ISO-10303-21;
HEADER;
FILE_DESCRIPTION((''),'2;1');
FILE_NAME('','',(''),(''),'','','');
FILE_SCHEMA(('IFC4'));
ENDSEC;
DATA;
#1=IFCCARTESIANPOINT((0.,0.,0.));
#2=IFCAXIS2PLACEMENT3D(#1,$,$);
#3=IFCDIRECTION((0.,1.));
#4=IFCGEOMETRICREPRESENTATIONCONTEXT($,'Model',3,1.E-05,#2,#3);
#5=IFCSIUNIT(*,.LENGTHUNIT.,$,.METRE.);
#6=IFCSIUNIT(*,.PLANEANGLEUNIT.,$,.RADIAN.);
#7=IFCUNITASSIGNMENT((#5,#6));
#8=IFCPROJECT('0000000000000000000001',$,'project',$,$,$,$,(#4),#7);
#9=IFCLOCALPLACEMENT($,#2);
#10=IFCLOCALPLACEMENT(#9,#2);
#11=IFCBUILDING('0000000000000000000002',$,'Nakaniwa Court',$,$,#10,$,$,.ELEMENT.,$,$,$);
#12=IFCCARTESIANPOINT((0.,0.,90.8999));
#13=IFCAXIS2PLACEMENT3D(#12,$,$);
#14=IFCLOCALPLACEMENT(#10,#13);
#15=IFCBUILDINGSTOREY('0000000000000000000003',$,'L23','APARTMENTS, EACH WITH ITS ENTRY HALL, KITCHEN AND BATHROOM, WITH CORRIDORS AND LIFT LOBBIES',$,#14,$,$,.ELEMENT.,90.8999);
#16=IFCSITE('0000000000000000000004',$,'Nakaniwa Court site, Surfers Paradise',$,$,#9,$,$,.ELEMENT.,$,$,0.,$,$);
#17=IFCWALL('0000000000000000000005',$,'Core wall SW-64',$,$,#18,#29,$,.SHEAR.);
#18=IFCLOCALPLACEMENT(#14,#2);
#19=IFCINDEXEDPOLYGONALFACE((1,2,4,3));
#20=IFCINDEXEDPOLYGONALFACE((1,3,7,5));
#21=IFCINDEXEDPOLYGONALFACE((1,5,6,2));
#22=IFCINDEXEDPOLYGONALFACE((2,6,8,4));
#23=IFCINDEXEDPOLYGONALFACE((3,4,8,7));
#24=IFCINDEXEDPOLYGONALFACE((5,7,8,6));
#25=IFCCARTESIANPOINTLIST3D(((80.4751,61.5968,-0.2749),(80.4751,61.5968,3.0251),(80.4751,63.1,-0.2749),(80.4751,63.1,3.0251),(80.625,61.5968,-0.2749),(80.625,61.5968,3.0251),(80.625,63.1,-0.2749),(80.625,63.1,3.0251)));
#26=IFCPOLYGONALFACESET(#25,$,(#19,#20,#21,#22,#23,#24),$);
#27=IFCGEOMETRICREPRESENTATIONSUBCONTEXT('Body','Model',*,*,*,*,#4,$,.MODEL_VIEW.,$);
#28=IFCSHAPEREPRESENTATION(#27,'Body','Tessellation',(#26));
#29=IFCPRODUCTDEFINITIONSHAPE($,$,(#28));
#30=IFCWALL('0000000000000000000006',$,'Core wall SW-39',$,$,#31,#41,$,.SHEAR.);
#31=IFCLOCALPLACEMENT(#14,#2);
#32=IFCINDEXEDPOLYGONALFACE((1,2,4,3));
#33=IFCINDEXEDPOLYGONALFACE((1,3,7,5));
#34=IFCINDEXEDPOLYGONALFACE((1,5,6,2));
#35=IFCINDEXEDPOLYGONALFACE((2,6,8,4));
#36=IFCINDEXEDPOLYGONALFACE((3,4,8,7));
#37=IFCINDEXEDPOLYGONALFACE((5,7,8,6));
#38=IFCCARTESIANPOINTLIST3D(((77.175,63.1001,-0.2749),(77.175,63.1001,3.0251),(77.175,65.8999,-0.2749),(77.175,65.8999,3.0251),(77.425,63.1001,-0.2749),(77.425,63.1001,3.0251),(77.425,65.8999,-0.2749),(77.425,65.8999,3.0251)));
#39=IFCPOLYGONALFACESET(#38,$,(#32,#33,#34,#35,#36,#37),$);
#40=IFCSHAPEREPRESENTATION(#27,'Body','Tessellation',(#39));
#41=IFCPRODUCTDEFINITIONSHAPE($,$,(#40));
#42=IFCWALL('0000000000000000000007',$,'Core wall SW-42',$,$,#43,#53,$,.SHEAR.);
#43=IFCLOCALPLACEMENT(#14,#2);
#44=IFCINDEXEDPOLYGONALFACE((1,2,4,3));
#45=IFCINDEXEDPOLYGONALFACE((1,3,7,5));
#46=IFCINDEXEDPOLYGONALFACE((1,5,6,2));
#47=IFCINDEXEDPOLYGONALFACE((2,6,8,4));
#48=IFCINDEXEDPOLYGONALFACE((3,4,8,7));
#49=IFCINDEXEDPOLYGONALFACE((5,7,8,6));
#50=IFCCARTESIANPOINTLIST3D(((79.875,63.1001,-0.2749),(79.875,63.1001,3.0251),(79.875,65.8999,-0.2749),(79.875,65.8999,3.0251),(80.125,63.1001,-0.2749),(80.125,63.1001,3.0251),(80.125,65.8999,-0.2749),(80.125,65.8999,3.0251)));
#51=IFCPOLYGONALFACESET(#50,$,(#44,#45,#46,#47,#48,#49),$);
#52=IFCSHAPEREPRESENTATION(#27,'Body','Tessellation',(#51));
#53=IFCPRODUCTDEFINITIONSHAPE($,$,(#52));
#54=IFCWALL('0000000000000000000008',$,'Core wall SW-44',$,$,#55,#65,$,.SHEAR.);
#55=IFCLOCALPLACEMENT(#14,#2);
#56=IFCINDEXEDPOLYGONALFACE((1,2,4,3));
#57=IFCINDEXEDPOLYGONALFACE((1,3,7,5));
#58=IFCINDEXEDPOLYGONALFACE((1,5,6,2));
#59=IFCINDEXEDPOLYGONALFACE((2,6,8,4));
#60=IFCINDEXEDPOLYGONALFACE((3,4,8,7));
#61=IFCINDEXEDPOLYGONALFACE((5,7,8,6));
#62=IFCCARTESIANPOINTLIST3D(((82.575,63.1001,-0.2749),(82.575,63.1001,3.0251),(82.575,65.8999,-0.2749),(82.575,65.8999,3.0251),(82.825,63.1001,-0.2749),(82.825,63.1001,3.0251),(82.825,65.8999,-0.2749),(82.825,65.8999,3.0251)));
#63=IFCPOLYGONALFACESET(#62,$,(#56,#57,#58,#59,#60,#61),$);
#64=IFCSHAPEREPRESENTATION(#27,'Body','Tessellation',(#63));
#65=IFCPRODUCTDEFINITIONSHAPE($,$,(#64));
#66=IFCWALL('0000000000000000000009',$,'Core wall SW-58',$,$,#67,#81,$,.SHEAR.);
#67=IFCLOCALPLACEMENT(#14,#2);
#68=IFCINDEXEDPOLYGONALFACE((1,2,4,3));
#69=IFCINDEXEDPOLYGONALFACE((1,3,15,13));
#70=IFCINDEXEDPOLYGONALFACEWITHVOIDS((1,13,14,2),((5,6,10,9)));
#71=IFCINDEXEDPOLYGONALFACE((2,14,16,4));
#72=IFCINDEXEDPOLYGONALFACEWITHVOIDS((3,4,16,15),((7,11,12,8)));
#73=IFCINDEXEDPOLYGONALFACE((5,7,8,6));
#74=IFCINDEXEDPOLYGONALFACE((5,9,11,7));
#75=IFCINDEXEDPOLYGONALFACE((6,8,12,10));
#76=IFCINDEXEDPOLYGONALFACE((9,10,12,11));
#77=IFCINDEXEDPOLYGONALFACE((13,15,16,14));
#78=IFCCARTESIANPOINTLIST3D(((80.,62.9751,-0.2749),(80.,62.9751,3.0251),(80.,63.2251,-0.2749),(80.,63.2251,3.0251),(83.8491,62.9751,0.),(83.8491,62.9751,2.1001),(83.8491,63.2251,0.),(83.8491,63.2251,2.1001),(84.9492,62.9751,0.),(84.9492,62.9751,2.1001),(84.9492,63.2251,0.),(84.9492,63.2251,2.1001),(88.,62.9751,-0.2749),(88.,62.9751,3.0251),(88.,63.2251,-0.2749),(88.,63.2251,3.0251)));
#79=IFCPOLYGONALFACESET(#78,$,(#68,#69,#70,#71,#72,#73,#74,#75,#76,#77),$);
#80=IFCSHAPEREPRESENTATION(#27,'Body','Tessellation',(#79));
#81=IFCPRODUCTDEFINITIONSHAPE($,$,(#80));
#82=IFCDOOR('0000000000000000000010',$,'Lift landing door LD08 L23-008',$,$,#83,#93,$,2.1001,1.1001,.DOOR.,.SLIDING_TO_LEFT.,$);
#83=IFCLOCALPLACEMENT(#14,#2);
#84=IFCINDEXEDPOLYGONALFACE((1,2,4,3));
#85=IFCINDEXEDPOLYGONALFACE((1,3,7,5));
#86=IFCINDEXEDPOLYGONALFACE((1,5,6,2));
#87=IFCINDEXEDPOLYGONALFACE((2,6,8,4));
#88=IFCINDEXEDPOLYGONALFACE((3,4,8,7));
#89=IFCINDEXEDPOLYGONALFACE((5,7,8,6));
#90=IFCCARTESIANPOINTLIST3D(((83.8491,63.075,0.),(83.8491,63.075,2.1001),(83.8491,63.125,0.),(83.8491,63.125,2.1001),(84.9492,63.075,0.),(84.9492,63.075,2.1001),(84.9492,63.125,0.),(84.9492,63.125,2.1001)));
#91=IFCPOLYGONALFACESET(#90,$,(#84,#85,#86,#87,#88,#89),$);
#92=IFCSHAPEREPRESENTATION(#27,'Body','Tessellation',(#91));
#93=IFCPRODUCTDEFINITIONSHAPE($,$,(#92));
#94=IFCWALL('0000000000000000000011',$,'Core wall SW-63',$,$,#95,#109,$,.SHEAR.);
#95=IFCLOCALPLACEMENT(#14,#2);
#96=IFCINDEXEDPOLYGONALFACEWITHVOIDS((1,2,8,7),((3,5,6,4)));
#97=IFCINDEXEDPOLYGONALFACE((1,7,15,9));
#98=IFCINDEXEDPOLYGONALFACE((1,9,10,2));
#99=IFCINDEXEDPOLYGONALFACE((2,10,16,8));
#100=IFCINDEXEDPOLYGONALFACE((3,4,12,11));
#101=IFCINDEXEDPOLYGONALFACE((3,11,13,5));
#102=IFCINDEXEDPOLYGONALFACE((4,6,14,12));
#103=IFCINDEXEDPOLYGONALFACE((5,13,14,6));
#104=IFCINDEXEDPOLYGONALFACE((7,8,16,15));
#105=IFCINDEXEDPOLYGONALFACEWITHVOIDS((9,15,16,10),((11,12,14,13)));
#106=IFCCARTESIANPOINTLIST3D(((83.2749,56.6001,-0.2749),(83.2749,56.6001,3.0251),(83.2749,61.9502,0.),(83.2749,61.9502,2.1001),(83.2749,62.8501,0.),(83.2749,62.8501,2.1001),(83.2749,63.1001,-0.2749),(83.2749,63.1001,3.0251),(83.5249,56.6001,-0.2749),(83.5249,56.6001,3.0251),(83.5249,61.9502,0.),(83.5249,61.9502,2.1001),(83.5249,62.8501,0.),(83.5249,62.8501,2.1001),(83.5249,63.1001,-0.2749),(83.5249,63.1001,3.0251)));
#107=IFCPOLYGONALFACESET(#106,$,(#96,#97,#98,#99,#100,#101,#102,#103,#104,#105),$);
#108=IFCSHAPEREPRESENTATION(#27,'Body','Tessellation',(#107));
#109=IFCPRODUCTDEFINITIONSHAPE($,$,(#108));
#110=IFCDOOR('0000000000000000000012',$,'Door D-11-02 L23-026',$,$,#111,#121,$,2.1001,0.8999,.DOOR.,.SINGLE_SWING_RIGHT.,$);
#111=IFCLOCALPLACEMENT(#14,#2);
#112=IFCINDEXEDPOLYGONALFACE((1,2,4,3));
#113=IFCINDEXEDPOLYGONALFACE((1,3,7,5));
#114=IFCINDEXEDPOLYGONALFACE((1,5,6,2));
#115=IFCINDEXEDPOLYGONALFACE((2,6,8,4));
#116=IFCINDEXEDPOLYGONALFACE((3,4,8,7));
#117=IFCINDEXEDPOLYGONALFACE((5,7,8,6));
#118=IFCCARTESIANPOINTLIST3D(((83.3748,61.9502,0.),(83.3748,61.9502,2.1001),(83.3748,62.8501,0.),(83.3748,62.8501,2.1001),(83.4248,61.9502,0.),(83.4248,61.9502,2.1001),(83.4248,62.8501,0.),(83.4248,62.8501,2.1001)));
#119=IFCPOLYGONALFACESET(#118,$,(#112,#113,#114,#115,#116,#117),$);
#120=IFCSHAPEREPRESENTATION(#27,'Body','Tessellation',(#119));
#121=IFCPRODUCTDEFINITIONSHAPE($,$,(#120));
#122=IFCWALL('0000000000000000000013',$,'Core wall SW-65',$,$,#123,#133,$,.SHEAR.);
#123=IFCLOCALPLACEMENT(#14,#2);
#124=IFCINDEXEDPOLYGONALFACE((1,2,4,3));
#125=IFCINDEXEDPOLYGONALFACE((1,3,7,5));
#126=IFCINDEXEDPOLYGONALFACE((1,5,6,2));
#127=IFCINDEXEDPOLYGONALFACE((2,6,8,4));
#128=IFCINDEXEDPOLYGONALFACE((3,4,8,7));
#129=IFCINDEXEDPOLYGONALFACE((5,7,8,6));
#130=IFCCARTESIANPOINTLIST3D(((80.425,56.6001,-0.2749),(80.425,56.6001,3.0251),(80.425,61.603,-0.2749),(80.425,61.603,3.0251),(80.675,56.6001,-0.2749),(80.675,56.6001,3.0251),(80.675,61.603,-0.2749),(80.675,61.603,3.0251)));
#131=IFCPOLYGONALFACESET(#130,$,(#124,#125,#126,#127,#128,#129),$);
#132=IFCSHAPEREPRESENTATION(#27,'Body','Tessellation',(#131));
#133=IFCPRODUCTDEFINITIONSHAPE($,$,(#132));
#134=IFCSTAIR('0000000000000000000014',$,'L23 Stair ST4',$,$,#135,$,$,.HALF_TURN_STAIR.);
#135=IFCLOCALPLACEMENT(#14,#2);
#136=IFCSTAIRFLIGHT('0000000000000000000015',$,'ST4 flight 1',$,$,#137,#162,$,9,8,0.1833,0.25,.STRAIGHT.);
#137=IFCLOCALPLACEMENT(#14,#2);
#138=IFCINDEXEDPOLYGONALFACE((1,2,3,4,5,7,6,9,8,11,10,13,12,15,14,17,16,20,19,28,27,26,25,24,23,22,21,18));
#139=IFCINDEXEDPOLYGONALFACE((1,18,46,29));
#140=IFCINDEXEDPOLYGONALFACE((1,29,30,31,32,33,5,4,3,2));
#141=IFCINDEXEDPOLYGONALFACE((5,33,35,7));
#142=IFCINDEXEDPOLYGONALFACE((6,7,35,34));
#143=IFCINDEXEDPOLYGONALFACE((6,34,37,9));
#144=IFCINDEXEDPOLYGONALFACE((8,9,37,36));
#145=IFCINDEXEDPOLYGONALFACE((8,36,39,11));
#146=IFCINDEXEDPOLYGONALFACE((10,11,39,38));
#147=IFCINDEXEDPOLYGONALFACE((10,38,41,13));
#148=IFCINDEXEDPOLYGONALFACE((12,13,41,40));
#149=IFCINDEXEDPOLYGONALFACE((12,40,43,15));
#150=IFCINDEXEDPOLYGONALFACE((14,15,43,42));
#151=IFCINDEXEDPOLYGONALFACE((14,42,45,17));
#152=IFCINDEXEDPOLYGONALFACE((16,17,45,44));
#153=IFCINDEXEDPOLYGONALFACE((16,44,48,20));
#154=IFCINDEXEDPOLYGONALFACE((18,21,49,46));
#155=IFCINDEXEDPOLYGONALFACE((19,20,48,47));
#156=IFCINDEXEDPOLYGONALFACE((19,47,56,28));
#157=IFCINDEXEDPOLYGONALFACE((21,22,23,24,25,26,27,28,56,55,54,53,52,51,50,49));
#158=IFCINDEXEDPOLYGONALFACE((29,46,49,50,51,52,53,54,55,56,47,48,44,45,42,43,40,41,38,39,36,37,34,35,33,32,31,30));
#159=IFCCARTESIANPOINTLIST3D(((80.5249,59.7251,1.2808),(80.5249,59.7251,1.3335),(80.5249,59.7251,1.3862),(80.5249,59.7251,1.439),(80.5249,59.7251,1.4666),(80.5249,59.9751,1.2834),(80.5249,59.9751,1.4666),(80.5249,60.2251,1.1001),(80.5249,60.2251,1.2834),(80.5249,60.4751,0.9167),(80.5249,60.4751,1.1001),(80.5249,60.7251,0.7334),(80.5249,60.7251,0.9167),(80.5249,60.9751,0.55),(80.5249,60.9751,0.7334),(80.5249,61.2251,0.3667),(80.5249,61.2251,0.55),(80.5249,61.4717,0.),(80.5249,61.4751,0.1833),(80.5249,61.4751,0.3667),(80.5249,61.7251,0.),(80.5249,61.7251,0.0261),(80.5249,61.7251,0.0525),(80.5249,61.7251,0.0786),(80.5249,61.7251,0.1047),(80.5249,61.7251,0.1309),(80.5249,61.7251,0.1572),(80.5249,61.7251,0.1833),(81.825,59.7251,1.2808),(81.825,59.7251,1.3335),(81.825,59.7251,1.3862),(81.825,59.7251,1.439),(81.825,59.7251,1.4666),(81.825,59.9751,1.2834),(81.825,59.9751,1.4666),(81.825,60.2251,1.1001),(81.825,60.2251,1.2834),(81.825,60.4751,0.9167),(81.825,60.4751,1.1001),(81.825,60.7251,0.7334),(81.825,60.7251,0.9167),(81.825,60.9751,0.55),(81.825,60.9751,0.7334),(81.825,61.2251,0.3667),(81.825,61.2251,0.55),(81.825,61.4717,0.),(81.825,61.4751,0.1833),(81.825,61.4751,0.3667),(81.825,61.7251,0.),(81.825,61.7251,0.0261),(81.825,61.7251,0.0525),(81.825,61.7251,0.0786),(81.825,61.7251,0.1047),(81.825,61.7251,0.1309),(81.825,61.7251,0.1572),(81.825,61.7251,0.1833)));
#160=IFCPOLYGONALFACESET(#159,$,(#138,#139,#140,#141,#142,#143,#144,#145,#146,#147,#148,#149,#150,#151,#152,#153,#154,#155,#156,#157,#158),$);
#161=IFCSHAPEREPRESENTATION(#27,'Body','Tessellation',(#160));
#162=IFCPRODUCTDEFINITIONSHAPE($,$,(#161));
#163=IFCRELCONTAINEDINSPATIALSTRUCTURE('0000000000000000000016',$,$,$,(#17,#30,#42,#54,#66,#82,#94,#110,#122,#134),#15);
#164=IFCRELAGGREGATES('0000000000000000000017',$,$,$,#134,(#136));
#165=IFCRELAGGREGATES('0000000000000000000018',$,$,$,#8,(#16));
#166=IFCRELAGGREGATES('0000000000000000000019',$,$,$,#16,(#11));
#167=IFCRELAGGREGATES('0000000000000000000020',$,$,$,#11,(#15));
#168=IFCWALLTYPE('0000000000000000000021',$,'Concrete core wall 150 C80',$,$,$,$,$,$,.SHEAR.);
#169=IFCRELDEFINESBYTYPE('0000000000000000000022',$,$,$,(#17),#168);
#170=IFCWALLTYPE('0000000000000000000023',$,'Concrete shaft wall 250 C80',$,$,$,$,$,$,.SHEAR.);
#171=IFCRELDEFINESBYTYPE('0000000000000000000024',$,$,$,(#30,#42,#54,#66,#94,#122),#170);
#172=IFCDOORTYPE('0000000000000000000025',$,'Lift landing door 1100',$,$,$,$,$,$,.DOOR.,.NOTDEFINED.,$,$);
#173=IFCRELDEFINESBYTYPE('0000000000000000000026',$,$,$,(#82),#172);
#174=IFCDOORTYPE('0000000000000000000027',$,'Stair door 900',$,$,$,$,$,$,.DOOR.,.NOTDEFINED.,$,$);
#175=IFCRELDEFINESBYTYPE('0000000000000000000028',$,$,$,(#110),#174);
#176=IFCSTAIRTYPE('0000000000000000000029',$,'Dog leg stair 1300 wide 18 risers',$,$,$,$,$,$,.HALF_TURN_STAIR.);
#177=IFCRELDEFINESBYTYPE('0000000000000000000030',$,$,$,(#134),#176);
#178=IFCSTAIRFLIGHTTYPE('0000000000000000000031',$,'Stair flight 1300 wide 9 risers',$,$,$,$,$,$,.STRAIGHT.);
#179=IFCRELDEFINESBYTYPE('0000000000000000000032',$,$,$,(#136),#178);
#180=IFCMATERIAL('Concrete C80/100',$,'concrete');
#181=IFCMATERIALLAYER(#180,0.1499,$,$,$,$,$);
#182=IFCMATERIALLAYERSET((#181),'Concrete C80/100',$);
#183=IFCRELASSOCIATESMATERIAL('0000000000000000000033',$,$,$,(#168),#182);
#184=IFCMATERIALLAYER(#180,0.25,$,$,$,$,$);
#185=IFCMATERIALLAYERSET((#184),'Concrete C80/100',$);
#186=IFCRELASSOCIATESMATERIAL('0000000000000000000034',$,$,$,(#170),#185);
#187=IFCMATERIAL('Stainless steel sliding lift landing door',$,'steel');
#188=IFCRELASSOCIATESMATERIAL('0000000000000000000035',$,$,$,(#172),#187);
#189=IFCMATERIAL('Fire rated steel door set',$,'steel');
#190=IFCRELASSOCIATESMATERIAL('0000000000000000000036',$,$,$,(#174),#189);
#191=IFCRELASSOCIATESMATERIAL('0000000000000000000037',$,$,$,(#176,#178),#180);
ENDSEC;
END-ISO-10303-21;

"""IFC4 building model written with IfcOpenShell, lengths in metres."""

from ifc_helpers import new_model, si_unit, direction, frame, frame_2d, origin, place, context, subcontext, project, spatial, polyline, rectangle, outline, extrude, material, layer, layer_set, type_object, element, fill, aggregate, save


model = new_model("IFC4")

# Units and contexts
model_context = context("Model", 3, precision=1e-05, world=origin(), true_north=direction((0.0, 1.0)))
body_context = subcontext(model_context, "Body", "Model", "MODEL_VIEW")
ifc_project = project(units=[si_unit("LENGTHUNIT", "METRE"), si_unit("PLANEANGLEUNIT", "RADIAN")], contexts=[model_context])

# Site, building, storey
site_placement = place(None, origin())
site = spatial("IfcSite", under=ifc_project, at=site_placement, Name="Nakaniwa Court site, Surfers Paradise", CompositionType="ELEMENT", RefElevation=0.0)
building_placement = place(site_placement, origin())
building = spatial("IfcBuilding", under=site, at=building_placement, Name="Nakaniwa Court", CompositionType="ELEMENT")
storey_placement = place(building_placement, frame((0.0, 0.0, 90.8999)))
storey = spatial("IfcBuildingStorey", under=building, at=storey_placement, Name="L23", Description="APARTMENTS, EACH WITH ITS ENTRY HALL, KITCHEN AND BATHROOM, WITH CORRIDORS AND LIFT LOBBIES", CompositionType="ELEMENT", Elevation=90.8999)

# Shared definitions
ifc_material_1 = material(Name="Concrete C80/100", Category="concrete")

# Shared definitions
ifc_material_2 = material(Name="Fire rated steel door set", Category="steel")

# Walls
ifc_layer_1 = layer(ifc_material_1, 0.1499)
ifc_layer_set_1 = layer_set([ifc_layer_1], Name="Concrete C80/100")
wall_type_1 = type_object("IfcWallType", Name="Concrete core wall 150 C80", PredefinedType="SHEAR", material=ifc_layer_set_1)
wall_1_placement = place(storey_placement, frame((80.55, 61.5969, -0.2749), z_axis=(0.0, 0.0, 1.0), x_axis=(0.0, 1.0, 0.0)))
element("IfcWall", 1, at=wall_1_placement, inside=storey, type_object=wall_type_1, Name="Core wall SW-64", PredefinedType="SHEAR", context=body_context, shape_type="SweptSolid", body=[
    extrude(rectangle(XDim=1.5032, YDim=0.1499, at=frame_2d((0.7515, 0.0))), origin(), (0.0, 0.0, 1.0), 3.3),
])
ifc_layer_2 = layer(ifc_material_1, 0.25)
ifc_layer_set_2 = layer_set([ifc_layer_2], Name="Concrete C80/100")
wall_type_2 = type_object("IfcWallType", Name="Concrete shaft wall 250 C80", PredefinedType="SHEAR", material=ifc_layer_set_2)
for number, where, z_axis, x_axis, name in (
    (2, (77.3, 63.1001, -0.2749), (0.0, 0.0, 1.0), (0.0, 1.0, 0.0), "Core wall SW-39"),
    (3, (80.0, 63.1001, -0.2749), (0.0, 0.0, 1.0), (0.0, 1.0, 0.0), "Core wall SW-42"),
    (4, (82.7, 63.1001, -0.2749), (0.0, 0.0, 1.0), (0.0, 1.0, 0.0), "Core wall SW-44"),
):
    element("IfcWall", number, at=place(storey_placement, frame(where, z_axis=z_axis, x_axis=x_axis)), inside=storey, type_object=wall_type_2, Name=name, PredefinedType="SHEAR", context=body_context, shape_type="SweptSolid", body=[
        extrude(rectangle(XDim=2.7998, YDim=0.25, at=frame_2d((1.3999, 0.0))), origin(), (0.0, 0.0, 1.0), 3.3),
    ])

# Walls, openings, doors
wall_2_placement = place(storey_placement, frame((80.0, 63.1001, -0.2749), z_axis=(0.0, 0.0, 1.0), x_axis=(1.0, 0.0, 0.0)))
wall_2 = element("IfcWall", 5, at=wall_2_placement, inside=storey, type_object=wall_type_2, Name="Core wall SW-58", PredefinedType="SHEAR", context=body_context, shape_type="SweptSolid", body=[
    extrude(rectangle(XDim=8.0, YDim=0.25, at=frame_2d((4.0, 0.0))), origin(), (0.0, 0.0, 1.0), 3.3),
])
opening_1_placement = place(wall_2_placement, frame((3.8491, 0.0, 0.2749)))
opening_1 = element("IfcOpeningElement", 6, at=opening_1_placement, cuts=wall_2, PredefinedType="OPENING", context=body_context, shape_type="SweptSolid", body=[
    extrude(rectangle(XDim=1.1001, YDim=2.1001, at=frame_2d((0.55, 1.05))), frame((0.0, 0.135, 0.0), z_axis=(0.0, -1.0, 0.0), x_axis=(1.0, 0.0, 0.0)), (0.0, 0.0, 1.0), 0.27),
])
ifc_material_3 = material(Name="Stainless steel sliding lift landing door", Category="steel")
door_type_1 = type_object("IfcDoorType", Name="Lift landing door 1100", OperationType="NOTDEFINED", PredefinedType="DOOR", material=ifc_material_3)
door_1_placement = place(opening_1_placement, origin())
door_1 = element("IfcDoor", 7, at=door_1_placement, inside=storey, type_object=door_type_1, Name="Lift landing door LD08 L23-008", OperationType="SLIDING_TO_LEFT", OverallHeight=2.1001, OverallWidth=1.1001, PredefinedType="DOOR", context=body_context, shape_type="SweptSolid", body=[
    extrude(rectangle(XDim=1.1001, YDim=2.1001, at=frame_2d((0.55, 1.05))), frame((0.0, 0.0249, 0.0), z_axis=(0.0, -1.0, 0.0), x_axis=(1.0, 0.0, 0.0)), (0.0, 0.0, 1.0), 0.05),
])
fill(opening_1, door_1)
wall_3_placement = place(storey_placement, frame((83.3999, 63.1001, -0.2749), z_axis=(0.0, 0.0, 1.0), x_axis=(0.0, -1.0, 0.0)))
wall_3 = element("IfcWall", 8, at=wall_3_placement, inside=storey, type_object=wall_type_2, Name="Core wall SW-63", PredefinedType="SHEAR", context=body_context, shape_type="SweptSolid", body=[
    extrude(rectangle(XDim=6.5, YDim=0.25, at=frame_2d((3.25, 0.0))), origin(), (0.0, 0.0, 1.0), 3.3),
])
opening_2_placement = place(wall_3_placement, frame((0.25, 0.0, 0.2749)))
opening_2 = element("IfcOpeningElement", 9, at=opening_2_placement, cuts=wall_3, PredefinedType="OPENING", context=body_context, shape_type="SweptSolid", body=[
    extrude(rectangle(XDim=0.8999, YDim=2.1001, at=frame_2d((0.45, 1.05))), frame((0.0, 0.135, 0.0), z_axis=(0.0, -1.0, 0.0), x_axis=(1.0, 0.0, 0.0)), (0.0, 0.0, 1.0), 0.27),
])
door_type_2 = type_object("IfcDoorType", Name="Stair door 900", OperationType="NOTDEFINED", PredefinedType="DOOR", material=ifc_material_2)
door_2_placement = place(opening_2_placement, origin())
door_2 = element("IfcDoor", 10, at=door_2_placement, inside=storey, type_object=door_type_2, Name="Door D-11-02 L23-026", OperationType="SINGLE_SWING_RIGHT", OverallHeight=2.1001, OverallWidth=0.8999, PredefinedType="DOOR", context=body_context, shape_type="SweptSolid", body=[
    extrude(rectangle(XDim=0.8999, YDim=2.1001, at=frame_2d((0.45, 1.05))), frame((0.0, 0.0249, 0.0), z_axis=(0.0, -1.0, 0.0), x_axis=(1.0, 0.0, 0.0)), (0.0, 0.0, 1.0), 0.05),
])
fill(opening_2, door_2)

# Wall
wall_4_placement = place(storey_placement, frame((80.55, 56.6001, -0.2749), z_axis=(0.0, 0.0, 1.0), x_axis=(0.0, 1.0, 0.0)))
element("IfcWall", 11, at=wall_4_placement, inside=storey, type_object=wall_type_2, Name="Core wall SW-65", PredefinedType="SHEAR", context=body_context, shape_type="SweptSolid", body=[
    extrude(rectangle(XDim=5.0029, YDim=0.25, at=frame_2d((2.5015, 0.0))), origin(), (0.0, 0.0, 1.0), 3.3),
])

# Stair, stair flight
stair_type = type_object("IfcStairType", Name="Dog leg stair 1300 wide 18 risers", PredefinedType="HALF_TURN_STAIR", material=ifc_material_1)
stair_placement = place(storey_placement, origin())
stair = element("IfcStair", 12, at=stair_placement, inside=storey, type_object=stair_type, Name="L23 Stair ST4", PredefinedType="HALF_TURN_STAIR")
stair_flight_type = type_object("IfcStairFlightType", Name="Stair flight 1300 wide 9 risers", PredefinedType="STRAIGHT", material=ifc_material_1)
stair_flight_1_placement = place(storey_placement, frame((81.175, 61.7251, 0.0), z_axis=(0.0, 0.0, 1.0), x_axis=(0.0, -1.0, 0.0)))
stair_flight_1 = element("IfcStairFlight", 13, at=stair_flight_1_placement, type_object=stair_flight_type, Name="ST4 flight 1", NumberOfRisers=9, NumberOfTreads=8, PredefinedType="STRAIGHT", RiserHeight=0.1833, TreadLength=0.25, context=body_context, shape_type="SweptSolid", body=[
    extrude(outline(polyline([(0.0, 0.0), (0.0, 0.0261), (0.0, 0.0525), (0.0, 0.0786), (0.0, 0.1047), (0.0, 0.1309), (0.0, 0.1572), (0.0, 0.1833), (0.25, 0.1833), (0.25, 0.3667), (0.5, 0.3667), (0.5, 0.55), (0.75, 0.55), (0.75, 0.7334), (1.0, 0.7334), (1.0, 0.9167), (1.25, 0.9167), (1.25, 1.1001), (1.5, 1.1001), (1.5, 1.2834), (1.75, 1.2834), (1.75, 1.4666), (2.0, 1.4666), (2.0, 1.6499), (2.0, 1.5972), (2.0, 1.5444), (2.0, 1.4917), (2.0, 1.439), (2.0, 1.3862), (2.0, 1.3335), (2.0, 1.2808), (0.2534, 0.0), (0.0, 0.0)])), frame((0.0, 0.6499, 0.0), z_axis=(0.0, -1.0, 0.0), x_axis=(1.0, 0.0, 0.0)), (0.0, 0.0, 1.0), 1.3),
])
aggregate(stair, [stair_flight_1])

save(model, "model.ifc")
